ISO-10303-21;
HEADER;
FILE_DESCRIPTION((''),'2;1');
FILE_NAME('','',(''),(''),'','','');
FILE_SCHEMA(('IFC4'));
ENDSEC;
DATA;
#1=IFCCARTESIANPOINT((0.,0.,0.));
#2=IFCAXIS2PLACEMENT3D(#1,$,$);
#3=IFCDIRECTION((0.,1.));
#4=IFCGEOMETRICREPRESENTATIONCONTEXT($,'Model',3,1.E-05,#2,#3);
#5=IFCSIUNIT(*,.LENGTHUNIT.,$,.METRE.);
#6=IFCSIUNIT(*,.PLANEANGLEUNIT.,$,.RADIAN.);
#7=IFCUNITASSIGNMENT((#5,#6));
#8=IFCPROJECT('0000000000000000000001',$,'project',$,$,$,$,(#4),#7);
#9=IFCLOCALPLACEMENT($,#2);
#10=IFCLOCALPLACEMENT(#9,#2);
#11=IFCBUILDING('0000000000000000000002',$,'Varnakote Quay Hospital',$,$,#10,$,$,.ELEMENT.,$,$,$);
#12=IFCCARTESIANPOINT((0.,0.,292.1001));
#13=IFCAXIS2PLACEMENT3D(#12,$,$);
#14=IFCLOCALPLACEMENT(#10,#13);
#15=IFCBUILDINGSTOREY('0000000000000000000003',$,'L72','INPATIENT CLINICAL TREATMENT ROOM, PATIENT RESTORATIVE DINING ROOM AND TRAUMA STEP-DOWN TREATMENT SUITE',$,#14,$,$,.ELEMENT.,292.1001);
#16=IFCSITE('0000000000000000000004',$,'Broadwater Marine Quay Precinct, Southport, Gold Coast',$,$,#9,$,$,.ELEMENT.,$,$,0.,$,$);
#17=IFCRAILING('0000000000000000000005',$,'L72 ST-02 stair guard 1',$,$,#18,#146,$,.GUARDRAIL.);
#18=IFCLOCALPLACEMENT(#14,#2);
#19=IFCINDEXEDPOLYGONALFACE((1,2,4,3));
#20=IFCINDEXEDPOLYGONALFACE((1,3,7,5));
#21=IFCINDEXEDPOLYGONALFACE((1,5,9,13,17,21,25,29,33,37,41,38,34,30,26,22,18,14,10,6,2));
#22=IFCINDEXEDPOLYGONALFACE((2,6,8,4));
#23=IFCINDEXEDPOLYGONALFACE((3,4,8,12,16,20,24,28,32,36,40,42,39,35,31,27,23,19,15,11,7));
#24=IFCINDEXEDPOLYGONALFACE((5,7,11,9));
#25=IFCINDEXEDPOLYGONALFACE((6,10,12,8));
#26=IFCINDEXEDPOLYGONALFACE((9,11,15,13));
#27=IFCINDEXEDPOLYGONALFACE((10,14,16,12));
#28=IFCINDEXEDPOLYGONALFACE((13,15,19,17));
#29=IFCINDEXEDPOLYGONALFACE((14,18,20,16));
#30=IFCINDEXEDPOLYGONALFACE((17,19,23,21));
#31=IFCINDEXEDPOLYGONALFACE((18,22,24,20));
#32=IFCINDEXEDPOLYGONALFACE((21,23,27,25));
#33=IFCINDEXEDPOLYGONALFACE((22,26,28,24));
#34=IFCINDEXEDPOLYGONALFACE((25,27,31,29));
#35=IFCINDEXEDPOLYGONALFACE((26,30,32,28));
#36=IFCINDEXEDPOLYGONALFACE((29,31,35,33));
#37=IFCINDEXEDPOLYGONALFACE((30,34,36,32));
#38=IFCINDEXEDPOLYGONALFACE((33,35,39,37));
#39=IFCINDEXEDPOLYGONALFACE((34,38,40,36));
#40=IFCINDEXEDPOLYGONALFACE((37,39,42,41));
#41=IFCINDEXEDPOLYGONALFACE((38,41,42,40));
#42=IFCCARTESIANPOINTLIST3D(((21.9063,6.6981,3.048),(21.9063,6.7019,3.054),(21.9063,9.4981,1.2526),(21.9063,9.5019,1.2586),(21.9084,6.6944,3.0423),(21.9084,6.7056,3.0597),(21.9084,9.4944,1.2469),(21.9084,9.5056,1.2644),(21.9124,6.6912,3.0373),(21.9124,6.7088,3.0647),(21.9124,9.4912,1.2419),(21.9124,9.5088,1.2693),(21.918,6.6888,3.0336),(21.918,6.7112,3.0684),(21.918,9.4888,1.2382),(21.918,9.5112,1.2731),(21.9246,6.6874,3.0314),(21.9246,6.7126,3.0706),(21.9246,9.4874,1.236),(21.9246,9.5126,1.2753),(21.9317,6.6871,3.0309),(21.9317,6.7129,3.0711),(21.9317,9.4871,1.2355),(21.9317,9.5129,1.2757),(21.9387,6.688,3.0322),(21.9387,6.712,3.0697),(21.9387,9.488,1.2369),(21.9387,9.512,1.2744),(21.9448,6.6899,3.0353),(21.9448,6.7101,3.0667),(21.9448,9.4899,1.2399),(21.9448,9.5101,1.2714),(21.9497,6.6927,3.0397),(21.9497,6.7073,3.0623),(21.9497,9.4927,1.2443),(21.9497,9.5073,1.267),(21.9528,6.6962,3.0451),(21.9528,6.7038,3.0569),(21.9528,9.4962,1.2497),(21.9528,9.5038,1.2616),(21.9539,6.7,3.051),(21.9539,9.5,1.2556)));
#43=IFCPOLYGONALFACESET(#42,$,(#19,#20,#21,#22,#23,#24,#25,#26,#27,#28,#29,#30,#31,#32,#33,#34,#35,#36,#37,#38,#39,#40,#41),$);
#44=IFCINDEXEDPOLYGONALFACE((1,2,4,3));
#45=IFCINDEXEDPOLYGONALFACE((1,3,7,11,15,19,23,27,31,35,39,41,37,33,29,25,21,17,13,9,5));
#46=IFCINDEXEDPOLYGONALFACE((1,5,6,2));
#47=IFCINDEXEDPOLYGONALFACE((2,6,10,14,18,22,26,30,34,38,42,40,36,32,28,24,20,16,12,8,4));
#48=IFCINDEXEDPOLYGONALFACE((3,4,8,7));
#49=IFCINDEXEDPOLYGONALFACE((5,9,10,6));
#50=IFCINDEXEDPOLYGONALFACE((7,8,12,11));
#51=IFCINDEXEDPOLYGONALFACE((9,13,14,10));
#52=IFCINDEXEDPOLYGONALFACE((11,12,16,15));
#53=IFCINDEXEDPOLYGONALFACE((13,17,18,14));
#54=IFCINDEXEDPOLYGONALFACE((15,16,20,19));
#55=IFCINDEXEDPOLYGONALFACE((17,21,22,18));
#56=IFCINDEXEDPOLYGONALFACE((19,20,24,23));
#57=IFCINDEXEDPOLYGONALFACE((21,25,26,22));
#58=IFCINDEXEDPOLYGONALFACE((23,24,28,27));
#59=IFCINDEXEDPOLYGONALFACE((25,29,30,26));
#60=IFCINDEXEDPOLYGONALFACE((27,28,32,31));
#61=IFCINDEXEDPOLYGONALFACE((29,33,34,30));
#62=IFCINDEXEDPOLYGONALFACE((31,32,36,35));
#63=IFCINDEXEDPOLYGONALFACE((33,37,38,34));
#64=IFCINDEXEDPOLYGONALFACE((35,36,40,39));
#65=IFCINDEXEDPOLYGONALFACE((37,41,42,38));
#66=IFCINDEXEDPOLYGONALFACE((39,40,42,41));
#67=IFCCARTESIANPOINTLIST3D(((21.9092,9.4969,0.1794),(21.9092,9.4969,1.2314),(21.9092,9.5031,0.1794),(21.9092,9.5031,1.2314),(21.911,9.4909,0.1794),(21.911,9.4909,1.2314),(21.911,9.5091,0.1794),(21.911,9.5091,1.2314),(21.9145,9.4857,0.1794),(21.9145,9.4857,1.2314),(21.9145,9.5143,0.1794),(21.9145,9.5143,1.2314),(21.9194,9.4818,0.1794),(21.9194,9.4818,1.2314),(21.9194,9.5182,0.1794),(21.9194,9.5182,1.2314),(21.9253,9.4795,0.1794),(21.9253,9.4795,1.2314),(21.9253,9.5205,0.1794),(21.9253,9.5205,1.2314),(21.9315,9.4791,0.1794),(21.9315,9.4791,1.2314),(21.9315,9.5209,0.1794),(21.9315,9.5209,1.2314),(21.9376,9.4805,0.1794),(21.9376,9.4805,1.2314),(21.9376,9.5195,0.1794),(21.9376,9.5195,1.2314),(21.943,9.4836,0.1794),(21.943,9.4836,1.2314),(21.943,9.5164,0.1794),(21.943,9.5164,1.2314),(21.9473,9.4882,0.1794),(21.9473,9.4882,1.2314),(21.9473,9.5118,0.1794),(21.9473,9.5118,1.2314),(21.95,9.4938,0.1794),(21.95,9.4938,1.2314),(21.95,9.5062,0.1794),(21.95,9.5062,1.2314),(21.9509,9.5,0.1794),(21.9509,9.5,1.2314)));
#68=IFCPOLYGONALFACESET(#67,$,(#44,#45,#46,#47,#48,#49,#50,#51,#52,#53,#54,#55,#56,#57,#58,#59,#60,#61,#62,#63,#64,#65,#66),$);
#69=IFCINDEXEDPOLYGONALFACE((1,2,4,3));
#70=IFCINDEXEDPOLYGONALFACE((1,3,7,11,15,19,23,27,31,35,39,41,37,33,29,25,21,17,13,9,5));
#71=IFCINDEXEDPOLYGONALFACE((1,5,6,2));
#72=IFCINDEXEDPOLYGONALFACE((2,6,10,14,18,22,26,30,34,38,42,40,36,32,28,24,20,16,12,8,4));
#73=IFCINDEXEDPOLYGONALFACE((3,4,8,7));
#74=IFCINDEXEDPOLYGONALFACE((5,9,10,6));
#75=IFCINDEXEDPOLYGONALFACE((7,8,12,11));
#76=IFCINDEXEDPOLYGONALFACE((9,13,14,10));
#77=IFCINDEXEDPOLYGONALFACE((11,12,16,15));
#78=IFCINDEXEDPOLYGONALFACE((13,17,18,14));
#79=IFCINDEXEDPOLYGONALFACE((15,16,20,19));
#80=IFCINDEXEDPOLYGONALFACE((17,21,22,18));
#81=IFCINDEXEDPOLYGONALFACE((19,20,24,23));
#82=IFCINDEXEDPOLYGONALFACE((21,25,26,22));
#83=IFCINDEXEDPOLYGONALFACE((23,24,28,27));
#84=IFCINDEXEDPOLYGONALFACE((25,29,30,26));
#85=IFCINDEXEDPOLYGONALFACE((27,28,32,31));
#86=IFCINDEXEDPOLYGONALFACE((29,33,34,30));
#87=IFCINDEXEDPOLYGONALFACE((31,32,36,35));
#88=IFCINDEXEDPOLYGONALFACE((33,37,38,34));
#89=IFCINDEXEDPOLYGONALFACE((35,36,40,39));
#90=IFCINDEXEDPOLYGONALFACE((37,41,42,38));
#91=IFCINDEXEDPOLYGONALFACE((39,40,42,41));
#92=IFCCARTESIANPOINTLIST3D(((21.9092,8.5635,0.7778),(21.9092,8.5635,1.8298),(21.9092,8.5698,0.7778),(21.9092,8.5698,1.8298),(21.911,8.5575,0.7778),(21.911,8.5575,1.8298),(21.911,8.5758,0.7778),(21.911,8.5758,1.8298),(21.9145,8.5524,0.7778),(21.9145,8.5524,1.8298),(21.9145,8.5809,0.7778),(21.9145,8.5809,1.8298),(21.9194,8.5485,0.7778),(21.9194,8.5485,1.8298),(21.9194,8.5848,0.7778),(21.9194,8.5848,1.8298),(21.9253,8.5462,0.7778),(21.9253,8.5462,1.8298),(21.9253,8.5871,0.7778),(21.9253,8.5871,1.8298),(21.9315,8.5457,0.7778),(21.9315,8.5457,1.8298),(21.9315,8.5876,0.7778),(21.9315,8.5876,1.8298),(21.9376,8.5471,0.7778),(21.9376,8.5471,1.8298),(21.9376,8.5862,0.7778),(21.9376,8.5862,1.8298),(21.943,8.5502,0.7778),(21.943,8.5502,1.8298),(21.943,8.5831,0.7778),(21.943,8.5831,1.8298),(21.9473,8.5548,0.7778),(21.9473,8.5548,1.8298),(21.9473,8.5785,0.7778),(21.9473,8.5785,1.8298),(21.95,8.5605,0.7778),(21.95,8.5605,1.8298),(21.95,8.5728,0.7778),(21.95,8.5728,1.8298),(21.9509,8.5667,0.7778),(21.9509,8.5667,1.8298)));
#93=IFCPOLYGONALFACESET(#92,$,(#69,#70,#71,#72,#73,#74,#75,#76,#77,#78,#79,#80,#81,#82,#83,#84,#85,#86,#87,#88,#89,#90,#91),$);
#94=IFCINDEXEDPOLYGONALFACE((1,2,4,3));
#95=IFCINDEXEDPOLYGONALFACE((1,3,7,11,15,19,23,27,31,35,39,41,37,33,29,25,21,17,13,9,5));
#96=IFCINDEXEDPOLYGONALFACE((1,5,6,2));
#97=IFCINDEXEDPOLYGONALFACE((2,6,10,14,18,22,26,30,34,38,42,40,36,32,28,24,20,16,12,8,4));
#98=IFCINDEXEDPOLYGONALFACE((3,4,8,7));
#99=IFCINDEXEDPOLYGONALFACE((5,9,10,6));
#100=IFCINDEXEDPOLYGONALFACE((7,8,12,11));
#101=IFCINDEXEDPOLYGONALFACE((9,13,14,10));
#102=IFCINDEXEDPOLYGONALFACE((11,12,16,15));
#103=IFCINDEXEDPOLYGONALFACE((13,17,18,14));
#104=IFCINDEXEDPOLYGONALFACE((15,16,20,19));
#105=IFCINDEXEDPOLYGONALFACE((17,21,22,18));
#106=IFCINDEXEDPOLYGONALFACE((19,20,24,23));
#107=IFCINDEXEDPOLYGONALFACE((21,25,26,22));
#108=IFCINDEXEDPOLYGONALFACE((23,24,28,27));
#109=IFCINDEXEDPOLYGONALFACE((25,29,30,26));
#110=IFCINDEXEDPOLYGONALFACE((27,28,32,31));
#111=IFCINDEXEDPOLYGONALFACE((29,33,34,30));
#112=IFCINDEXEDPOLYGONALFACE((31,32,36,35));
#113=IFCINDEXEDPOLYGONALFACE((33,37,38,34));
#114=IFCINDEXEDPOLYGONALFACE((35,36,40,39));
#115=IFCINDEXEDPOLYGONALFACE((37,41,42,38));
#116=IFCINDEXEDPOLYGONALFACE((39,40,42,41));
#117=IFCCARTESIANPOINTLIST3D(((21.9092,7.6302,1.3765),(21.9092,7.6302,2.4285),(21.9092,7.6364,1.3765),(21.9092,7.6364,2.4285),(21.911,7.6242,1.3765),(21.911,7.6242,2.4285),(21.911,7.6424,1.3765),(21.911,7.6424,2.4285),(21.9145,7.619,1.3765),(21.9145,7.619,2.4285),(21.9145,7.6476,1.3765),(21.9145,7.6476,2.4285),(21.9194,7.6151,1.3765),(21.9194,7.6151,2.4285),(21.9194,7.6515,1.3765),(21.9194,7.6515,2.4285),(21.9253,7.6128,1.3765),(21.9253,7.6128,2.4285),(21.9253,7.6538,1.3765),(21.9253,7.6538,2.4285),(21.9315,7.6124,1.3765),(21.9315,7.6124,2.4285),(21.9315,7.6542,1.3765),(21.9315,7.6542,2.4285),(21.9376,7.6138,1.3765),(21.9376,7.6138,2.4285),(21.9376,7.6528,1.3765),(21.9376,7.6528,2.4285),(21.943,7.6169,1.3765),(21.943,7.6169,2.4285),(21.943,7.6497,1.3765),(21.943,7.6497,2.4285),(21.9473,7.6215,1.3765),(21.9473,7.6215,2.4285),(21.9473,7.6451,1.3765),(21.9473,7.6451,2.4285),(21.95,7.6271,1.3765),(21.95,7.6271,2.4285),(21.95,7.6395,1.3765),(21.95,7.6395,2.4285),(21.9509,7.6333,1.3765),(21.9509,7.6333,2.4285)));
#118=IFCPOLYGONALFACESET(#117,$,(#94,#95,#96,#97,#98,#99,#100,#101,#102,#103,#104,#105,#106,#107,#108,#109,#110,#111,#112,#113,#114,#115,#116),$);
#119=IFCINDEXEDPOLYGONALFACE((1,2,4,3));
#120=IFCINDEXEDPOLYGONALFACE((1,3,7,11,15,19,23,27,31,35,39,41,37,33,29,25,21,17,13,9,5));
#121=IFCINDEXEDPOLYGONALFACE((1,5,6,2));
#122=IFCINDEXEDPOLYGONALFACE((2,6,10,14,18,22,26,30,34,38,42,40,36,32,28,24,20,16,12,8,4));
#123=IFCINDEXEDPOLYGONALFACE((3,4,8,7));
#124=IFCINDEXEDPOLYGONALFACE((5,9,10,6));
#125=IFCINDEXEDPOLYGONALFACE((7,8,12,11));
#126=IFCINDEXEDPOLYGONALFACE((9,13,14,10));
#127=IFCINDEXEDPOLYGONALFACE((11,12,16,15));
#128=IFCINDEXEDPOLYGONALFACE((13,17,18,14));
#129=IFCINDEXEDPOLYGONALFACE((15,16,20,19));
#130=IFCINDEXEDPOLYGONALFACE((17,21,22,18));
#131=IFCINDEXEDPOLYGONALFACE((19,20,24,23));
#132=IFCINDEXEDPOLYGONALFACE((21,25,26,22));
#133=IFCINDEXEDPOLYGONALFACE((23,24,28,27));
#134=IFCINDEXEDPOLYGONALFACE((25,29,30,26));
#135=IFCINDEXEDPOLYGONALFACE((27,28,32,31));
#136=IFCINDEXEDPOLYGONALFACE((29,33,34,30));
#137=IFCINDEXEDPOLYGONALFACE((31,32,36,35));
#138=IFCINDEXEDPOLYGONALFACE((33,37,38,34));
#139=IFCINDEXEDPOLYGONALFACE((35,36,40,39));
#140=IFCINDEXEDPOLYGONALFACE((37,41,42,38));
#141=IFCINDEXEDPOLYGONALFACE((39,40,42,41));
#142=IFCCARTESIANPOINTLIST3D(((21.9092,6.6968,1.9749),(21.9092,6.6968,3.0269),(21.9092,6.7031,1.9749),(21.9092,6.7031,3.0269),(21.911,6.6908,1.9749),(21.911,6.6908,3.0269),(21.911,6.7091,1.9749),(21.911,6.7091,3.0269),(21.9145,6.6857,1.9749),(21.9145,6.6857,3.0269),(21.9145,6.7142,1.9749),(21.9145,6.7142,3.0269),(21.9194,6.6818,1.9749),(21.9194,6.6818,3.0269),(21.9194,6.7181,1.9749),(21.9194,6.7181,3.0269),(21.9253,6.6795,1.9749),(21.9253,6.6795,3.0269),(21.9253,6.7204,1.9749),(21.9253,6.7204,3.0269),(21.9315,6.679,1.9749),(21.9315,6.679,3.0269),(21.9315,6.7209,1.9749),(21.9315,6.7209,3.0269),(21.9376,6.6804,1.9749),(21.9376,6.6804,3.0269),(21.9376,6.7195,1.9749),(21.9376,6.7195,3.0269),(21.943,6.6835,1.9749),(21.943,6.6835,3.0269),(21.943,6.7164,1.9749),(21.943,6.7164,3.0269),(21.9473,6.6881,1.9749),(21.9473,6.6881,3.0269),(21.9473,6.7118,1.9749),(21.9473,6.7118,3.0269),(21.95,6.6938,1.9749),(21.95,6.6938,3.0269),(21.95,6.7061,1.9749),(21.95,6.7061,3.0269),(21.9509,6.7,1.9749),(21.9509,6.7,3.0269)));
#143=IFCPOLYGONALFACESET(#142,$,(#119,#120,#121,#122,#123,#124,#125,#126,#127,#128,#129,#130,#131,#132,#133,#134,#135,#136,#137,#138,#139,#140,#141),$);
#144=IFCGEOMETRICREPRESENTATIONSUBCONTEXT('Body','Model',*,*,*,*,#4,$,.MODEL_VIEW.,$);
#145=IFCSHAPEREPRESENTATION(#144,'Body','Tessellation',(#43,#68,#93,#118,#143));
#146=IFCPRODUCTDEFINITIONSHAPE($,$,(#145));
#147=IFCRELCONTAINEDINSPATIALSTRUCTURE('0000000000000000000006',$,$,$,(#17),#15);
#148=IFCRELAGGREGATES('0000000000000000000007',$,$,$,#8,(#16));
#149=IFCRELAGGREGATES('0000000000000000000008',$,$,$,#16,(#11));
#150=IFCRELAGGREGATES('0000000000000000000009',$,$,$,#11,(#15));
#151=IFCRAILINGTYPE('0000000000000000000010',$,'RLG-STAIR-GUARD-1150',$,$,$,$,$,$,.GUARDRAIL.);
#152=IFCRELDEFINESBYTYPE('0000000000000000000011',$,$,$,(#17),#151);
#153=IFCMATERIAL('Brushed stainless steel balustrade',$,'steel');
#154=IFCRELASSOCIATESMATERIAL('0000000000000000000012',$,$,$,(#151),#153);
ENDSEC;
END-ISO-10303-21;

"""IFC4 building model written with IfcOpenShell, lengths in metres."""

from ifc_helpers import new_model, si_unit, direction, frame, origin, origin_2d, place, context, subcontext, project, spatial, circle, extrude, material, type_object, element, save


model = new_model("IFC4")

# Units and contexts
model_context = context("Model", 3, precision=1e-05, world=origin(), true_north=direction((0.0, 1.0)))
body_context = subcontext(model_context, "Body", "Model", "MODEL_VIEW")
ifc_project = project(units=[si_unit("LENGTHUNIT", "METRE"), si_unit("PLANEANGLEUNIT", "RADIAN")], contexts=[model_context])

# Site, building, storey
site_placement = place(None, origin())
site = spatial("IfcSite", under=ifc_project, at=site_placement, Name="Broadwater Marine Quay Precinct, Southport, Gold Coast", CompositionType="ELEMENT", RefElevation=0.0)
building_placement = place(site_placement, origin())
building = spatial("IfcBuilding", under=site, at=building_placement, Name="Varnakote Quay Hospital", CompositionType="ELEMENT")
storey_placement = place(building_placement, frame((0.0, 0.0, 292.1001)))
storey = spatial("IfcBuildingStorey", under=building, at=storey_placement, Name="L72", Description="INPATIENT CLINICAL TREATMENT ROOM, PATIENT RESTORATIVE DINING ROOM AND TRAUMA STEP-DOWN TREATMENT SUITE", CompositionType="ELEMENT", Elevation=292.1001)

# Railing
ifc_material_1 = material(Name="Brushed stainless steel balustrade", Category="steel")
railing_type_1 = type_object("IfcRailingType", Name="RLG-STAIR-GUARD-1150", PredefinedType="GUARDRAIL", material=ifc_material_1)
railing_1_placement = place(storey_placement, frame((21.9299, 9.5, 0.1794)))
element("IfcRailing", 1, at=railing_1_placement, inside=storey, type_object=railing_type_1, Name="L72 ST-02 stair guard 1", PredefinedType="GUARDRAIL", context=body_context, shape_type="SweptSolid", body=[
    extrude(circle(Radius=0.0239, at=origin_2d()), frame((0.0, 0.0, 1.0762), z_axis=(0.0, -0.84181, 0.539774), x_axis=(1.0, 0.0, 0.0)), (0.0, 0.0, 1.0), 3.3262),
    extrude(circle(Radius=0.021, at=origin_2d()), origin(), (0.0, 0.0, 1.0), 1.052),
    extrude(circle(Radius=0.021, at=origin_2d()), frame((0.0, -0.9333, 0.5984)), (0.0, 0.0, 1.0), 1.052),
    extrude(circle(Radius=0.021, at=origin_2d()), frame((0.0, -1.8667, 1.197)), (0.0, 0.0, 1.0), 1.052),
    extrude(circle(Radius=0.021, at=origin_2d()), frame((0.0, -2.8, 1.7954)), (0.0, 0.0, 1.0), 1.052),
])

save(model, "model.ifc")
